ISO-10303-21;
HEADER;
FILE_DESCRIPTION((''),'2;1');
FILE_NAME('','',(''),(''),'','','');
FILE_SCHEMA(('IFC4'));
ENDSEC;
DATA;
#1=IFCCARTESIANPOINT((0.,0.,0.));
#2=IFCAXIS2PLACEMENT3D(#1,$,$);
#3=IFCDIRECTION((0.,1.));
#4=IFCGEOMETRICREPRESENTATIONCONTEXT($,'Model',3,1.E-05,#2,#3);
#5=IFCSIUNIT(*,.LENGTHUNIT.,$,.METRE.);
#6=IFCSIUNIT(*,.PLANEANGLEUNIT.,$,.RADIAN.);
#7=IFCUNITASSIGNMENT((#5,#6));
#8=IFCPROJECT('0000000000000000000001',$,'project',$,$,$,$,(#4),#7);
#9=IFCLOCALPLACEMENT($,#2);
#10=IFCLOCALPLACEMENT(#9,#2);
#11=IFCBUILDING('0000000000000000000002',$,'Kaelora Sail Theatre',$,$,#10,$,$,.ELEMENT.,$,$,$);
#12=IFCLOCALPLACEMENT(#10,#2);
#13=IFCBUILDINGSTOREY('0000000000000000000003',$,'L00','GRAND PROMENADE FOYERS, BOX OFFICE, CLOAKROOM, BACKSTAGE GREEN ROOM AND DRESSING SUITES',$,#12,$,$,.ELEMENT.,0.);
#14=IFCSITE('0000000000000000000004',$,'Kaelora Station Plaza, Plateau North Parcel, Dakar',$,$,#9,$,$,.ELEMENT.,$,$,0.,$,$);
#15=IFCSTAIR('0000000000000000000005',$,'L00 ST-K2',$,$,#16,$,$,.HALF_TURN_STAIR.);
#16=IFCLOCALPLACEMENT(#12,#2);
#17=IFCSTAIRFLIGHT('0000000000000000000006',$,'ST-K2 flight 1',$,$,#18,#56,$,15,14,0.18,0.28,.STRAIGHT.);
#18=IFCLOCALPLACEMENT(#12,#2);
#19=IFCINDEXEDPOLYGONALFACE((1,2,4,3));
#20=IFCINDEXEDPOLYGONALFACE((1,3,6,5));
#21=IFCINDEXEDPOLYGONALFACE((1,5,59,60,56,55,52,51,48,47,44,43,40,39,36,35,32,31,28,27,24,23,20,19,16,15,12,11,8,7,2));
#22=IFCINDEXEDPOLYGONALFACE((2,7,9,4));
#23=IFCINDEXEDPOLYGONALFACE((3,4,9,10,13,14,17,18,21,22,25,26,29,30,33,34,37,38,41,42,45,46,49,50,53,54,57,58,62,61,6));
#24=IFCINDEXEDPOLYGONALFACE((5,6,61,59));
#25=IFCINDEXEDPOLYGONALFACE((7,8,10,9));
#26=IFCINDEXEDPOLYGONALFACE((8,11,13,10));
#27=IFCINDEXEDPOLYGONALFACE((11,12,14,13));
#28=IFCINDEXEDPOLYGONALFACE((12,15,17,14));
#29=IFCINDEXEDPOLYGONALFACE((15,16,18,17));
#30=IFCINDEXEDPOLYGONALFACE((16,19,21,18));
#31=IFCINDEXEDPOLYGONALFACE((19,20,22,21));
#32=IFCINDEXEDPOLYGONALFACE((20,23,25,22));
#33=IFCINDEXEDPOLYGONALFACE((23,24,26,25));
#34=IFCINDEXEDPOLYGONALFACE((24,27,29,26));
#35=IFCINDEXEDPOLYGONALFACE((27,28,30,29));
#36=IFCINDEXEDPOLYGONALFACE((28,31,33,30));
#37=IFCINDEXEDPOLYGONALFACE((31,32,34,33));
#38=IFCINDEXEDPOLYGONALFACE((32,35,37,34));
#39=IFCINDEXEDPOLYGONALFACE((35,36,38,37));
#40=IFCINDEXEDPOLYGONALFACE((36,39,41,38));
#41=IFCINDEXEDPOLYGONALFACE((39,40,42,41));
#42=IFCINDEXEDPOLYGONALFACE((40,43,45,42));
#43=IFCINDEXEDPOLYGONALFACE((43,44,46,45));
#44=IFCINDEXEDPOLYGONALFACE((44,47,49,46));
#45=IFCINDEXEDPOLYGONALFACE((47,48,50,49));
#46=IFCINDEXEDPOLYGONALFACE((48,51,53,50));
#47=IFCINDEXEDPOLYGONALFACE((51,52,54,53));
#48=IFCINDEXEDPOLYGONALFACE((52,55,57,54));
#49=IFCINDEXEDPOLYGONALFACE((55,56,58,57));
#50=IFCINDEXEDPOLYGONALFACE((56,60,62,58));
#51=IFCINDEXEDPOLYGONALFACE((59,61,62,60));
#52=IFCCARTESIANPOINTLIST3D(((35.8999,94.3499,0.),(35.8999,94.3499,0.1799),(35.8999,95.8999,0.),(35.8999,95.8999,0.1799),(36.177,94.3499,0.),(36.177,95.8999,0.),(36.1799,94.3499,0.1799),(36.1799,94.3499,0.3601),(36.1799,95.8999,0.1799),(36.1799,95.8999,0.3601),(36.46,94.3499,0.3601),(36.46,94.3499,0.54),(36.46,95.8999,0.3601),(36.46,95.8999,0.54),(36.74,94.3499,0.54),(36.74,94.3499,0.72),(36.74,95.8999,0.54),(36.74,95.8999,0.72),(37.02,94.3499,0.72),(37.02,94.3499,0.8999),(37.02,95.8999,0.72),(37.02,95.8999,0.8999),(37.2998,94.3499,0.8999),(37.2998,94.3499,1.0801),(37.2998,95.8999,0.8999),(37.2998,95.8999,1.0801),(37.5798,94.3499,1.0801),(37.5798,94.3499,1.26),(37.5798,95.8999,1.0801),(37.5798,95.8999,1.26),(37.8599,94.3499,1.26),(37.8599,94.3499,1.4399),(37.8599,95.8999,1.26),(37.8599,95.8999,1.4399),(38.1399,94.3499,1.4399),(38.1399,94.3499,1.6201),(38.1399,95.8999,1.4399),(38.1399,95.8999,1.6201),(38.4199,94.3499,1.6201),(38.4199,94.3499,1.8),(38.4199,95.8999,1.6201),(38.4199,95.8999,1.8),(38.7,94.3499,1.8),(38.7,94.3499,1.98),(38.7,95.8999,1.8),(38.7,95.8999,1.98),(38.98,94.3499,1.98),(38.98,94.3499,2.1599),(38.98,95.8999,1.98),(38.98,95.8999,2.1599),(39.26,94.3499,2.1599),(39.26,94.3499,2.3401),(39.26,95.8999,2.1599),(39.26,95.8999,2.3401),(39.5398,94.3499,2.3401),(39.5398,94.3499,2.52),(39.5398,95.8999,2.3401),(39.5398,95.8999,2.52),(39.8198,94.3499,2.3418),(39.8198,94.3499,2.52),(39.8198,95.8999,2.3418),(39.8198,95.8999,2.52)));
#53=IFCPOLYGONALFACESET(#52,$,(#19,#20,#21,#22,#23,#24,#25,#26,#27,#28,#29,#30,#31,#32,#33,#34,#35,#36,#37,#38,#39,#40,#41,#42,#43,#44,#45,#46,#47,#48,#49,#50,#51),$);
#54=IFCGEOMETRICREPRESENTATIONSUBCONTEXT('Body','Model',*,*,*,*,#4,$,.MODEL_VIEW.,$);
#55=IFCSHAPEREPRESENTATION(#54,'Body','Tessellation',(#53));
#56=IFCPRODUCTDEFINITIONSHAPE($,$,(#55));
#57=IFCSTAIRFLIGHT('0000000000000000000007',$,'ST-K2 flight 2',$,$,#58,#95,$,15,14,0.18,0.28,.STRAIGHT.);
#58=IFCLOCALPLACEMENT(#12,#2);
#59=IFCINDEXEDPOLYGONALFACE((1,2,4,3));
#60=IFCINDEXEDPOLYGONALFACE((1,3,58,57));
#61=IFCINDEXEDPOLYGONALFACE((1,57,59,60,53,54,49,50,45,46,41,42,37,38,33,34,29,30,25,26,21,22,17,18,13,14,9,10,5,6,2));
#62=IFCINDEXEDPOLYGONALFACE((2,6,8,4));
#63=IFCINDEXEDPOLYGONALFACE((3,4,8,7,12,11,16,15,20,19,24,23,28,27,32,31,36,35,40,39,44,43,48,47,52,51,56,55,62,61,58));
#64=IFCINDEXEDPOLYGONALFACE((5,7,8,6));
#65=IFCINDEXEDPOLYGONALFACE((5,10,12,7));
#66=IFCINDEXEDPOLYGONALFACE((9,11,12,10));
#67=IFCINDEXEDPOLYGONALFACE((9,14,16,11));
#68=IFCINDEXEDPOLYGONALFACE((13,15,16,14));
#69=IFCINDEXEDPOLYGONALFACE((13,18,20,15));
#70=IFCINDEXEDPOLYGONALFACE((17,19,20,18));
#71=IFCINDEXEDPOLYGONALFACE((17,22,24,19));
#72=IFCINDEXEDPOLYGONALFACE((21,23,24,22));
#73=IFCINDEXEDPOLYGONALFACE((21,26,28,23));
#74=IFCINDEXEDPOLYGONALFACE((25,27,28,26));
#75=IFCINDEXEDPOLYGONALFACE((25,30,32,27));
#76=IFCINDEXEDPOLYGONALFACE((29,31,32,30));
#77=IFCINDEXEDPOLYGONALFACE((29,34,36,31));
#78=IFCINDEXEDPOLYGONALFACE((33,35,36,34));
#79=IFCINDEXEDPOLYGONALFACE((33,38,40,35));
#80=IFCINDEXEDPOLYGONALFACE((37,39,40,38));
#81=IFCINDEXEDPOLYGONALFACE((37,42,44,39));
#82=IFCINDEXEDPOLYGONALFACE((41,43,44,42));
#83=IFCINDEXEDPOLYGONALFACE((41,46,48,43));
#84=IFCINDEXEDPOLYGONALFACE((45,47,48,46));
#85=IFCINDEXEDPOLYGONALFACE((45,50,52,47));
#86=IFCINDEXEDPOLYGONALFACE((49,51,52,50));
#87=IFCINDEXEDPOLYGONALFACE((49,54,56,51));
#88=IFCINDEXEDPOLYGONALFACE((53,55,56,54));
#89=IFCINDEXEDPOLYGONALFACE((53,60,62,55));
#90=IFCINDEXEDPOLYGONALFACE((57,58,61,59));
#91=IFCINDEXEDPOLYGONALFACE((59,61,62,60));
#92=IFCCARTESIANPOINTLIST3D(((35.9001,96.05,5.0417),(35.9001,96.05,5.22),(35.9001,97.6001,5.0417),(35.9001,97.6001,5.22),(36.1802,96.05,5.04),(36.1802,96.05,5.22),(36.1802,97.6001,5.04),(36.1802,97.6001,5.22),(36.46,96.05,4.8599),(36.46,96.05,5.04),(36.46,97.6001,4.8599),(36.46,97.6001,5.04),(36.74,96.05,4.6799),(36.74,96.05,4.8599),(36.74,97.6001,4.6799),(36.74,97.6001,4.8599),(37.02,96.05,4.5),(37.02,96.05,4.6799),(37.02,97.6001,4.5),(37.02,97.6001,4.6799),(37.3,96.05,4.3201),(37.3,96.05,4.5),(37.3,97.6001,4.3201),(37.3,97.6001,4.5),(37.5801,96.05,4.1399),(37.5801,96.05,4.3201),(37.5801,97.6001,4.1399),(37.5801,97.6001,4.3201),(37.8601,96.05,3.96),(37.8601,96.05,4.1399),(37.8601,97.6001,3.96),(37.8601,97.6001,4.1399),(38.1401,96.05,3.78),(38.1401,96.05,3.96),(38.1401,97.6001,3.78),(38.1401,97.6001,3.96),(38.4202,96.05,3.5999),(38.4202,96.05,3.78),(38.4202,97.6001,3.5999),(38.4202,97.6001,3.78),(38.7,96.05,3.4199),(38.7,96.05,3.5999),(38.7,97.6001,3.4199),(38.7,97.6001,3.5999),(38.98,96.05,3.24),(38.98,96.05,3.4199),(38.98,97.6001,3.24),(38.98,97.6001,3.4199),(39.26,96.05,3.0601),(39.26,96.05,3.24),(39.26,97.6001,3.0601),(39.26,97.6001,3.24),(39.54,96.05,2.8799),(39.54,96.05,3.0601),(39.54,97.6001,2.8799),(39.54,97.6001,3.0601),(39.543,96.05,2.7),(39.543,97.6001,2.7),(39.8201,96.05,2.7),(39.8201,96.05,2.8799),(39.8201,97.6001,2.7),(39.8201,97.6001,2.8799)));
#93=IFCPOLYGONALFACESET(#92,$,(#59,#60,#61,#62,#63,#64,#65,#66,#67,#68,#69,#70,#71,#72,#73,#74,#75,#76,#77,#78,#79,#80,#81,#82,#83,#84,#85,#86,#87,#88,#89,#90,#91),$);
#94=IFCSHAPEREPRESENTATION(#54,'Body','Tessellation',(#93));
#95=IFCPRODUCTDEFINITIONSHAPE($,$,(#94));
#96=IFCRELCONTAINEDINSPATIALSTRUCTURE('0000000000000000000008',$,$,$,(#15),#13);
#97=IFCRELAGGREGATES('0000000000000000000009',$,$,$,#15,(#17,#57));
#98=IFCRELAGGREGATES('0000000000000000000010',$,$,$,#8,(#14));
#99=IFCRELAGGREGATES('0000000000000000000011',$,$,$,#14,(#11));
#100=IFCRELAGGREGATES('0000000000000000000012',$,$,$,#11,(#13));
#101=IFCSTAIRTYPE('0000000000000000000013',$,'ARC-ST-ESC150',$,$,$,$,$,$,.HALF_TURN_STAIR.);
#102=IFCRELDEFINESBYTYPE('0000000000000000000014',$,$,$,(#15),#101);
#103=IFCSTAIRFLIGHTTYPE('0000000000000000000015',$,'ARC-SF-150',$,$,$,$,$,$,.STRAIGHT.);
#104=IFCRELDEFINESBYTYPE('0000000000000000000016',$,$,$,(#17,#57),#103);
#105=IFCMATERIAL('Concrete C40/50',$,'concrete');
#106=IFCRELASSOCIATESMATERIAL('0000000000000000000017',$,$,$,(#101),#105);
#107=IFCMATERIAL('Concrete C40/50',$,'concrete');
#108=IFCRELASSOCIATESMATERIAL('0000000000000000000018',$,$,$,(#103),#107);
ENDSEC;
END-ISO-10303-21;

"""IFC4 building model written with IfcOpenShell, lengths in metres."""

from ifc_helpers import new_model, si_unit, direction, frame, origin, place, context, subcontext, project, spatial, polyline, outline, extrude, material, type_object, element, aggregate, save


model = new_model("IFC4")

# Units and contexts
model_context = context("Model", 3, precision=1e-05, world=origin(), true_north=direction((0.0, 1.0)))
body_context = subcontext(model_context, "Body", "Model", "MODEL_VIEW")
ifc_project = project(units=[si_unit("LENGTHUNIT", "METRE"), si_unit("PLANEANGLEUNIT", "RADIAN")], contexts=[model_context])

# Site, building, storey
site_placement = place(None, origin())
site = spatial("IfcSite", under=ifc_project, at=site_placement, Name="Kaelora Station Plaza, Plateau North Parcel, Dakar", CompositionType="ELEMENT", RefElevation=0.0)
building_placement = place(site_placement, origin())
building = spatial("IfcBuilding", under=site, at=building_placement, Name="Kaelora Sail Theatre", CompositionType="ELEMENT")
storey_placement = place(building_placement, origin())
storey = spatial("IfcBuildingStorey", under=building, at=storey_placement, Name="L00", Description="GRAND PROMENADE FOYERS, BOX OFFICE, CLOAKROOM, BACKSTAGE GREEN ROOM AND DRESSING SUITES", CompositionType="ELEMENT", Elevation=0.0)

# Stair, stair flights
ifc_material_1 = material(Name="Concrete C40/50", Category="concrete")
stair_type = type_object("IfcStairType", Name="ARC-ST-ESC150", PredefinedType="HALF_TURN_STAIR", material=ifc_material_1)
stair_placement = place(storey_placement, origin())
stair = element("IfcStair", 1, at=stair_placement, inside=storey, type_object=stair_type, Name="L00 ST-K2", PredefinedType="HALF_TURN_STAIR")
ifc_material_2 = material(Name="Concrete C40/50", Category="concrete")
stair_flight_type = type_object("IfcStairFlightType", Name="ARC-SF-150", PredefinedType="STRAIGHT", material=ifc_material_2)
stair_flight_1_placement = place(storey_placement, frame((35.8999, 95.125, 0.0), z_axis=(0.0, 0.0, 1.0), x_axis=(1.0, 0.0, 0.0)))
stair_flight_1 = element("IfcStairFlight", 2, at=stair_flight_1_placement, type_object=stair_flight_type, Name="ST-K2 flight 1", NumberOfRisers=15, NumberOfTreads=14, PredefinedType="STRAIGHT", RiserHeight=0.18, TreadLength=0.28, context=body_context, shape_type="SweptSolid", body=[
    extrude(outline(polyline([(0.0, 0.0), (0.0, 0.1799), (0.28, 0.1799), (0.28, 0.3601), (0.5601, 0.3601), (0.5601, 0.54), (0.8401, 0.54), (0.8401, 0.72), (1.1201, 0.72), (1.1201, 0.8999), (1.3999, 0.8999), (1.3999, 1.0801), (1.6799, 1.0801), (1.6799, 1.26), (1.96, 1.26), (1.96, 1.4399), (2.24, 1.4399), (2.24, 1.6201), (2.52, 1.6201), (2.52, 1.8), (2.8, 1.8), (2.8, 1.98), (3.0801, 1.98), (3.0801, 2.1599), (3.3601, 2.1599), (3.3601, 2.3401), (3.6399, 2.3401), (3.6399, 2.52), (3.9199, 2.52), (3.9199, 2.7), (3.9199, 2.3418), (0.2771, 0.0), (0.0, 0.0)])), frame((0.0, 0.7749, 0.0), z_axis=(0.0, -1.0, 0.0), x_axis=(1.0, 0.0, 0.0)), (0.0, 0.0, 1.0), 1.55),
])
stair_flight_2_placement = place(storey_placement, frame((39.8201, 96.825, 2.7), z_axis=(0.0, 0.0, 1.0), x_axis=(-1.0, 0.0, 0.0)))
stair_flight_2 = element("IfcStairFlight", 3, at=stair_flight_2_placement, type_object=stair_flight_type, Name="ST-K2 flight 2", NumberOfRisers=15, NumberOfTreads=14, PredefinedType="STRAIGHT", RiserHeight=0.18, TreadLength=0.28, context=body_context, shape_type="SweptSolid", body=[
    extrude(outline(polyline([(0.0, 0.0), (0.0, 0.1799), (0.28, 0.1799), (0.28, 0.3601), (0.5601, 0.3601), (0.5601, 0.54), (0.8401, 0.54), (0.8401, 0.72), (1.1201, 0.72), (1.1201, 0.8999), (1.3999, 0.8999), (1.3999, 1.0801), (1.6799, 1.0801), (1.6799, 1.26), (1.96, 1.26), (1.96, 1.4399), (2.24, 1.4399), (2.24, 1.6201), (2.52, 1.6201), (2.52, 1.8), (2.8, 1.8), (2.8, 1.98), (3.0801, 1.98), (3.0801, 2.1599), (3.3601, 2.1599), (3.3601, 2.3401), (3.6399, 2.3401), (3.6399, 2.52), (3.9199, 2.52), (3.9199, 2.7), (3.9199, 2.3418), (0.2771, 0.0), (0.0, 0.0)])), frame((0.0, 0.7749, 0.0), z_axis=(0.0, -1.0, 0.0), x_axis=(1.0, 0.0, 0.0)), (0.0, 0.0, 1.0), 1.55),
])
aggregate(stair, [stair_flight_1, stair_flight_2])

save(model, "model.ifc")
